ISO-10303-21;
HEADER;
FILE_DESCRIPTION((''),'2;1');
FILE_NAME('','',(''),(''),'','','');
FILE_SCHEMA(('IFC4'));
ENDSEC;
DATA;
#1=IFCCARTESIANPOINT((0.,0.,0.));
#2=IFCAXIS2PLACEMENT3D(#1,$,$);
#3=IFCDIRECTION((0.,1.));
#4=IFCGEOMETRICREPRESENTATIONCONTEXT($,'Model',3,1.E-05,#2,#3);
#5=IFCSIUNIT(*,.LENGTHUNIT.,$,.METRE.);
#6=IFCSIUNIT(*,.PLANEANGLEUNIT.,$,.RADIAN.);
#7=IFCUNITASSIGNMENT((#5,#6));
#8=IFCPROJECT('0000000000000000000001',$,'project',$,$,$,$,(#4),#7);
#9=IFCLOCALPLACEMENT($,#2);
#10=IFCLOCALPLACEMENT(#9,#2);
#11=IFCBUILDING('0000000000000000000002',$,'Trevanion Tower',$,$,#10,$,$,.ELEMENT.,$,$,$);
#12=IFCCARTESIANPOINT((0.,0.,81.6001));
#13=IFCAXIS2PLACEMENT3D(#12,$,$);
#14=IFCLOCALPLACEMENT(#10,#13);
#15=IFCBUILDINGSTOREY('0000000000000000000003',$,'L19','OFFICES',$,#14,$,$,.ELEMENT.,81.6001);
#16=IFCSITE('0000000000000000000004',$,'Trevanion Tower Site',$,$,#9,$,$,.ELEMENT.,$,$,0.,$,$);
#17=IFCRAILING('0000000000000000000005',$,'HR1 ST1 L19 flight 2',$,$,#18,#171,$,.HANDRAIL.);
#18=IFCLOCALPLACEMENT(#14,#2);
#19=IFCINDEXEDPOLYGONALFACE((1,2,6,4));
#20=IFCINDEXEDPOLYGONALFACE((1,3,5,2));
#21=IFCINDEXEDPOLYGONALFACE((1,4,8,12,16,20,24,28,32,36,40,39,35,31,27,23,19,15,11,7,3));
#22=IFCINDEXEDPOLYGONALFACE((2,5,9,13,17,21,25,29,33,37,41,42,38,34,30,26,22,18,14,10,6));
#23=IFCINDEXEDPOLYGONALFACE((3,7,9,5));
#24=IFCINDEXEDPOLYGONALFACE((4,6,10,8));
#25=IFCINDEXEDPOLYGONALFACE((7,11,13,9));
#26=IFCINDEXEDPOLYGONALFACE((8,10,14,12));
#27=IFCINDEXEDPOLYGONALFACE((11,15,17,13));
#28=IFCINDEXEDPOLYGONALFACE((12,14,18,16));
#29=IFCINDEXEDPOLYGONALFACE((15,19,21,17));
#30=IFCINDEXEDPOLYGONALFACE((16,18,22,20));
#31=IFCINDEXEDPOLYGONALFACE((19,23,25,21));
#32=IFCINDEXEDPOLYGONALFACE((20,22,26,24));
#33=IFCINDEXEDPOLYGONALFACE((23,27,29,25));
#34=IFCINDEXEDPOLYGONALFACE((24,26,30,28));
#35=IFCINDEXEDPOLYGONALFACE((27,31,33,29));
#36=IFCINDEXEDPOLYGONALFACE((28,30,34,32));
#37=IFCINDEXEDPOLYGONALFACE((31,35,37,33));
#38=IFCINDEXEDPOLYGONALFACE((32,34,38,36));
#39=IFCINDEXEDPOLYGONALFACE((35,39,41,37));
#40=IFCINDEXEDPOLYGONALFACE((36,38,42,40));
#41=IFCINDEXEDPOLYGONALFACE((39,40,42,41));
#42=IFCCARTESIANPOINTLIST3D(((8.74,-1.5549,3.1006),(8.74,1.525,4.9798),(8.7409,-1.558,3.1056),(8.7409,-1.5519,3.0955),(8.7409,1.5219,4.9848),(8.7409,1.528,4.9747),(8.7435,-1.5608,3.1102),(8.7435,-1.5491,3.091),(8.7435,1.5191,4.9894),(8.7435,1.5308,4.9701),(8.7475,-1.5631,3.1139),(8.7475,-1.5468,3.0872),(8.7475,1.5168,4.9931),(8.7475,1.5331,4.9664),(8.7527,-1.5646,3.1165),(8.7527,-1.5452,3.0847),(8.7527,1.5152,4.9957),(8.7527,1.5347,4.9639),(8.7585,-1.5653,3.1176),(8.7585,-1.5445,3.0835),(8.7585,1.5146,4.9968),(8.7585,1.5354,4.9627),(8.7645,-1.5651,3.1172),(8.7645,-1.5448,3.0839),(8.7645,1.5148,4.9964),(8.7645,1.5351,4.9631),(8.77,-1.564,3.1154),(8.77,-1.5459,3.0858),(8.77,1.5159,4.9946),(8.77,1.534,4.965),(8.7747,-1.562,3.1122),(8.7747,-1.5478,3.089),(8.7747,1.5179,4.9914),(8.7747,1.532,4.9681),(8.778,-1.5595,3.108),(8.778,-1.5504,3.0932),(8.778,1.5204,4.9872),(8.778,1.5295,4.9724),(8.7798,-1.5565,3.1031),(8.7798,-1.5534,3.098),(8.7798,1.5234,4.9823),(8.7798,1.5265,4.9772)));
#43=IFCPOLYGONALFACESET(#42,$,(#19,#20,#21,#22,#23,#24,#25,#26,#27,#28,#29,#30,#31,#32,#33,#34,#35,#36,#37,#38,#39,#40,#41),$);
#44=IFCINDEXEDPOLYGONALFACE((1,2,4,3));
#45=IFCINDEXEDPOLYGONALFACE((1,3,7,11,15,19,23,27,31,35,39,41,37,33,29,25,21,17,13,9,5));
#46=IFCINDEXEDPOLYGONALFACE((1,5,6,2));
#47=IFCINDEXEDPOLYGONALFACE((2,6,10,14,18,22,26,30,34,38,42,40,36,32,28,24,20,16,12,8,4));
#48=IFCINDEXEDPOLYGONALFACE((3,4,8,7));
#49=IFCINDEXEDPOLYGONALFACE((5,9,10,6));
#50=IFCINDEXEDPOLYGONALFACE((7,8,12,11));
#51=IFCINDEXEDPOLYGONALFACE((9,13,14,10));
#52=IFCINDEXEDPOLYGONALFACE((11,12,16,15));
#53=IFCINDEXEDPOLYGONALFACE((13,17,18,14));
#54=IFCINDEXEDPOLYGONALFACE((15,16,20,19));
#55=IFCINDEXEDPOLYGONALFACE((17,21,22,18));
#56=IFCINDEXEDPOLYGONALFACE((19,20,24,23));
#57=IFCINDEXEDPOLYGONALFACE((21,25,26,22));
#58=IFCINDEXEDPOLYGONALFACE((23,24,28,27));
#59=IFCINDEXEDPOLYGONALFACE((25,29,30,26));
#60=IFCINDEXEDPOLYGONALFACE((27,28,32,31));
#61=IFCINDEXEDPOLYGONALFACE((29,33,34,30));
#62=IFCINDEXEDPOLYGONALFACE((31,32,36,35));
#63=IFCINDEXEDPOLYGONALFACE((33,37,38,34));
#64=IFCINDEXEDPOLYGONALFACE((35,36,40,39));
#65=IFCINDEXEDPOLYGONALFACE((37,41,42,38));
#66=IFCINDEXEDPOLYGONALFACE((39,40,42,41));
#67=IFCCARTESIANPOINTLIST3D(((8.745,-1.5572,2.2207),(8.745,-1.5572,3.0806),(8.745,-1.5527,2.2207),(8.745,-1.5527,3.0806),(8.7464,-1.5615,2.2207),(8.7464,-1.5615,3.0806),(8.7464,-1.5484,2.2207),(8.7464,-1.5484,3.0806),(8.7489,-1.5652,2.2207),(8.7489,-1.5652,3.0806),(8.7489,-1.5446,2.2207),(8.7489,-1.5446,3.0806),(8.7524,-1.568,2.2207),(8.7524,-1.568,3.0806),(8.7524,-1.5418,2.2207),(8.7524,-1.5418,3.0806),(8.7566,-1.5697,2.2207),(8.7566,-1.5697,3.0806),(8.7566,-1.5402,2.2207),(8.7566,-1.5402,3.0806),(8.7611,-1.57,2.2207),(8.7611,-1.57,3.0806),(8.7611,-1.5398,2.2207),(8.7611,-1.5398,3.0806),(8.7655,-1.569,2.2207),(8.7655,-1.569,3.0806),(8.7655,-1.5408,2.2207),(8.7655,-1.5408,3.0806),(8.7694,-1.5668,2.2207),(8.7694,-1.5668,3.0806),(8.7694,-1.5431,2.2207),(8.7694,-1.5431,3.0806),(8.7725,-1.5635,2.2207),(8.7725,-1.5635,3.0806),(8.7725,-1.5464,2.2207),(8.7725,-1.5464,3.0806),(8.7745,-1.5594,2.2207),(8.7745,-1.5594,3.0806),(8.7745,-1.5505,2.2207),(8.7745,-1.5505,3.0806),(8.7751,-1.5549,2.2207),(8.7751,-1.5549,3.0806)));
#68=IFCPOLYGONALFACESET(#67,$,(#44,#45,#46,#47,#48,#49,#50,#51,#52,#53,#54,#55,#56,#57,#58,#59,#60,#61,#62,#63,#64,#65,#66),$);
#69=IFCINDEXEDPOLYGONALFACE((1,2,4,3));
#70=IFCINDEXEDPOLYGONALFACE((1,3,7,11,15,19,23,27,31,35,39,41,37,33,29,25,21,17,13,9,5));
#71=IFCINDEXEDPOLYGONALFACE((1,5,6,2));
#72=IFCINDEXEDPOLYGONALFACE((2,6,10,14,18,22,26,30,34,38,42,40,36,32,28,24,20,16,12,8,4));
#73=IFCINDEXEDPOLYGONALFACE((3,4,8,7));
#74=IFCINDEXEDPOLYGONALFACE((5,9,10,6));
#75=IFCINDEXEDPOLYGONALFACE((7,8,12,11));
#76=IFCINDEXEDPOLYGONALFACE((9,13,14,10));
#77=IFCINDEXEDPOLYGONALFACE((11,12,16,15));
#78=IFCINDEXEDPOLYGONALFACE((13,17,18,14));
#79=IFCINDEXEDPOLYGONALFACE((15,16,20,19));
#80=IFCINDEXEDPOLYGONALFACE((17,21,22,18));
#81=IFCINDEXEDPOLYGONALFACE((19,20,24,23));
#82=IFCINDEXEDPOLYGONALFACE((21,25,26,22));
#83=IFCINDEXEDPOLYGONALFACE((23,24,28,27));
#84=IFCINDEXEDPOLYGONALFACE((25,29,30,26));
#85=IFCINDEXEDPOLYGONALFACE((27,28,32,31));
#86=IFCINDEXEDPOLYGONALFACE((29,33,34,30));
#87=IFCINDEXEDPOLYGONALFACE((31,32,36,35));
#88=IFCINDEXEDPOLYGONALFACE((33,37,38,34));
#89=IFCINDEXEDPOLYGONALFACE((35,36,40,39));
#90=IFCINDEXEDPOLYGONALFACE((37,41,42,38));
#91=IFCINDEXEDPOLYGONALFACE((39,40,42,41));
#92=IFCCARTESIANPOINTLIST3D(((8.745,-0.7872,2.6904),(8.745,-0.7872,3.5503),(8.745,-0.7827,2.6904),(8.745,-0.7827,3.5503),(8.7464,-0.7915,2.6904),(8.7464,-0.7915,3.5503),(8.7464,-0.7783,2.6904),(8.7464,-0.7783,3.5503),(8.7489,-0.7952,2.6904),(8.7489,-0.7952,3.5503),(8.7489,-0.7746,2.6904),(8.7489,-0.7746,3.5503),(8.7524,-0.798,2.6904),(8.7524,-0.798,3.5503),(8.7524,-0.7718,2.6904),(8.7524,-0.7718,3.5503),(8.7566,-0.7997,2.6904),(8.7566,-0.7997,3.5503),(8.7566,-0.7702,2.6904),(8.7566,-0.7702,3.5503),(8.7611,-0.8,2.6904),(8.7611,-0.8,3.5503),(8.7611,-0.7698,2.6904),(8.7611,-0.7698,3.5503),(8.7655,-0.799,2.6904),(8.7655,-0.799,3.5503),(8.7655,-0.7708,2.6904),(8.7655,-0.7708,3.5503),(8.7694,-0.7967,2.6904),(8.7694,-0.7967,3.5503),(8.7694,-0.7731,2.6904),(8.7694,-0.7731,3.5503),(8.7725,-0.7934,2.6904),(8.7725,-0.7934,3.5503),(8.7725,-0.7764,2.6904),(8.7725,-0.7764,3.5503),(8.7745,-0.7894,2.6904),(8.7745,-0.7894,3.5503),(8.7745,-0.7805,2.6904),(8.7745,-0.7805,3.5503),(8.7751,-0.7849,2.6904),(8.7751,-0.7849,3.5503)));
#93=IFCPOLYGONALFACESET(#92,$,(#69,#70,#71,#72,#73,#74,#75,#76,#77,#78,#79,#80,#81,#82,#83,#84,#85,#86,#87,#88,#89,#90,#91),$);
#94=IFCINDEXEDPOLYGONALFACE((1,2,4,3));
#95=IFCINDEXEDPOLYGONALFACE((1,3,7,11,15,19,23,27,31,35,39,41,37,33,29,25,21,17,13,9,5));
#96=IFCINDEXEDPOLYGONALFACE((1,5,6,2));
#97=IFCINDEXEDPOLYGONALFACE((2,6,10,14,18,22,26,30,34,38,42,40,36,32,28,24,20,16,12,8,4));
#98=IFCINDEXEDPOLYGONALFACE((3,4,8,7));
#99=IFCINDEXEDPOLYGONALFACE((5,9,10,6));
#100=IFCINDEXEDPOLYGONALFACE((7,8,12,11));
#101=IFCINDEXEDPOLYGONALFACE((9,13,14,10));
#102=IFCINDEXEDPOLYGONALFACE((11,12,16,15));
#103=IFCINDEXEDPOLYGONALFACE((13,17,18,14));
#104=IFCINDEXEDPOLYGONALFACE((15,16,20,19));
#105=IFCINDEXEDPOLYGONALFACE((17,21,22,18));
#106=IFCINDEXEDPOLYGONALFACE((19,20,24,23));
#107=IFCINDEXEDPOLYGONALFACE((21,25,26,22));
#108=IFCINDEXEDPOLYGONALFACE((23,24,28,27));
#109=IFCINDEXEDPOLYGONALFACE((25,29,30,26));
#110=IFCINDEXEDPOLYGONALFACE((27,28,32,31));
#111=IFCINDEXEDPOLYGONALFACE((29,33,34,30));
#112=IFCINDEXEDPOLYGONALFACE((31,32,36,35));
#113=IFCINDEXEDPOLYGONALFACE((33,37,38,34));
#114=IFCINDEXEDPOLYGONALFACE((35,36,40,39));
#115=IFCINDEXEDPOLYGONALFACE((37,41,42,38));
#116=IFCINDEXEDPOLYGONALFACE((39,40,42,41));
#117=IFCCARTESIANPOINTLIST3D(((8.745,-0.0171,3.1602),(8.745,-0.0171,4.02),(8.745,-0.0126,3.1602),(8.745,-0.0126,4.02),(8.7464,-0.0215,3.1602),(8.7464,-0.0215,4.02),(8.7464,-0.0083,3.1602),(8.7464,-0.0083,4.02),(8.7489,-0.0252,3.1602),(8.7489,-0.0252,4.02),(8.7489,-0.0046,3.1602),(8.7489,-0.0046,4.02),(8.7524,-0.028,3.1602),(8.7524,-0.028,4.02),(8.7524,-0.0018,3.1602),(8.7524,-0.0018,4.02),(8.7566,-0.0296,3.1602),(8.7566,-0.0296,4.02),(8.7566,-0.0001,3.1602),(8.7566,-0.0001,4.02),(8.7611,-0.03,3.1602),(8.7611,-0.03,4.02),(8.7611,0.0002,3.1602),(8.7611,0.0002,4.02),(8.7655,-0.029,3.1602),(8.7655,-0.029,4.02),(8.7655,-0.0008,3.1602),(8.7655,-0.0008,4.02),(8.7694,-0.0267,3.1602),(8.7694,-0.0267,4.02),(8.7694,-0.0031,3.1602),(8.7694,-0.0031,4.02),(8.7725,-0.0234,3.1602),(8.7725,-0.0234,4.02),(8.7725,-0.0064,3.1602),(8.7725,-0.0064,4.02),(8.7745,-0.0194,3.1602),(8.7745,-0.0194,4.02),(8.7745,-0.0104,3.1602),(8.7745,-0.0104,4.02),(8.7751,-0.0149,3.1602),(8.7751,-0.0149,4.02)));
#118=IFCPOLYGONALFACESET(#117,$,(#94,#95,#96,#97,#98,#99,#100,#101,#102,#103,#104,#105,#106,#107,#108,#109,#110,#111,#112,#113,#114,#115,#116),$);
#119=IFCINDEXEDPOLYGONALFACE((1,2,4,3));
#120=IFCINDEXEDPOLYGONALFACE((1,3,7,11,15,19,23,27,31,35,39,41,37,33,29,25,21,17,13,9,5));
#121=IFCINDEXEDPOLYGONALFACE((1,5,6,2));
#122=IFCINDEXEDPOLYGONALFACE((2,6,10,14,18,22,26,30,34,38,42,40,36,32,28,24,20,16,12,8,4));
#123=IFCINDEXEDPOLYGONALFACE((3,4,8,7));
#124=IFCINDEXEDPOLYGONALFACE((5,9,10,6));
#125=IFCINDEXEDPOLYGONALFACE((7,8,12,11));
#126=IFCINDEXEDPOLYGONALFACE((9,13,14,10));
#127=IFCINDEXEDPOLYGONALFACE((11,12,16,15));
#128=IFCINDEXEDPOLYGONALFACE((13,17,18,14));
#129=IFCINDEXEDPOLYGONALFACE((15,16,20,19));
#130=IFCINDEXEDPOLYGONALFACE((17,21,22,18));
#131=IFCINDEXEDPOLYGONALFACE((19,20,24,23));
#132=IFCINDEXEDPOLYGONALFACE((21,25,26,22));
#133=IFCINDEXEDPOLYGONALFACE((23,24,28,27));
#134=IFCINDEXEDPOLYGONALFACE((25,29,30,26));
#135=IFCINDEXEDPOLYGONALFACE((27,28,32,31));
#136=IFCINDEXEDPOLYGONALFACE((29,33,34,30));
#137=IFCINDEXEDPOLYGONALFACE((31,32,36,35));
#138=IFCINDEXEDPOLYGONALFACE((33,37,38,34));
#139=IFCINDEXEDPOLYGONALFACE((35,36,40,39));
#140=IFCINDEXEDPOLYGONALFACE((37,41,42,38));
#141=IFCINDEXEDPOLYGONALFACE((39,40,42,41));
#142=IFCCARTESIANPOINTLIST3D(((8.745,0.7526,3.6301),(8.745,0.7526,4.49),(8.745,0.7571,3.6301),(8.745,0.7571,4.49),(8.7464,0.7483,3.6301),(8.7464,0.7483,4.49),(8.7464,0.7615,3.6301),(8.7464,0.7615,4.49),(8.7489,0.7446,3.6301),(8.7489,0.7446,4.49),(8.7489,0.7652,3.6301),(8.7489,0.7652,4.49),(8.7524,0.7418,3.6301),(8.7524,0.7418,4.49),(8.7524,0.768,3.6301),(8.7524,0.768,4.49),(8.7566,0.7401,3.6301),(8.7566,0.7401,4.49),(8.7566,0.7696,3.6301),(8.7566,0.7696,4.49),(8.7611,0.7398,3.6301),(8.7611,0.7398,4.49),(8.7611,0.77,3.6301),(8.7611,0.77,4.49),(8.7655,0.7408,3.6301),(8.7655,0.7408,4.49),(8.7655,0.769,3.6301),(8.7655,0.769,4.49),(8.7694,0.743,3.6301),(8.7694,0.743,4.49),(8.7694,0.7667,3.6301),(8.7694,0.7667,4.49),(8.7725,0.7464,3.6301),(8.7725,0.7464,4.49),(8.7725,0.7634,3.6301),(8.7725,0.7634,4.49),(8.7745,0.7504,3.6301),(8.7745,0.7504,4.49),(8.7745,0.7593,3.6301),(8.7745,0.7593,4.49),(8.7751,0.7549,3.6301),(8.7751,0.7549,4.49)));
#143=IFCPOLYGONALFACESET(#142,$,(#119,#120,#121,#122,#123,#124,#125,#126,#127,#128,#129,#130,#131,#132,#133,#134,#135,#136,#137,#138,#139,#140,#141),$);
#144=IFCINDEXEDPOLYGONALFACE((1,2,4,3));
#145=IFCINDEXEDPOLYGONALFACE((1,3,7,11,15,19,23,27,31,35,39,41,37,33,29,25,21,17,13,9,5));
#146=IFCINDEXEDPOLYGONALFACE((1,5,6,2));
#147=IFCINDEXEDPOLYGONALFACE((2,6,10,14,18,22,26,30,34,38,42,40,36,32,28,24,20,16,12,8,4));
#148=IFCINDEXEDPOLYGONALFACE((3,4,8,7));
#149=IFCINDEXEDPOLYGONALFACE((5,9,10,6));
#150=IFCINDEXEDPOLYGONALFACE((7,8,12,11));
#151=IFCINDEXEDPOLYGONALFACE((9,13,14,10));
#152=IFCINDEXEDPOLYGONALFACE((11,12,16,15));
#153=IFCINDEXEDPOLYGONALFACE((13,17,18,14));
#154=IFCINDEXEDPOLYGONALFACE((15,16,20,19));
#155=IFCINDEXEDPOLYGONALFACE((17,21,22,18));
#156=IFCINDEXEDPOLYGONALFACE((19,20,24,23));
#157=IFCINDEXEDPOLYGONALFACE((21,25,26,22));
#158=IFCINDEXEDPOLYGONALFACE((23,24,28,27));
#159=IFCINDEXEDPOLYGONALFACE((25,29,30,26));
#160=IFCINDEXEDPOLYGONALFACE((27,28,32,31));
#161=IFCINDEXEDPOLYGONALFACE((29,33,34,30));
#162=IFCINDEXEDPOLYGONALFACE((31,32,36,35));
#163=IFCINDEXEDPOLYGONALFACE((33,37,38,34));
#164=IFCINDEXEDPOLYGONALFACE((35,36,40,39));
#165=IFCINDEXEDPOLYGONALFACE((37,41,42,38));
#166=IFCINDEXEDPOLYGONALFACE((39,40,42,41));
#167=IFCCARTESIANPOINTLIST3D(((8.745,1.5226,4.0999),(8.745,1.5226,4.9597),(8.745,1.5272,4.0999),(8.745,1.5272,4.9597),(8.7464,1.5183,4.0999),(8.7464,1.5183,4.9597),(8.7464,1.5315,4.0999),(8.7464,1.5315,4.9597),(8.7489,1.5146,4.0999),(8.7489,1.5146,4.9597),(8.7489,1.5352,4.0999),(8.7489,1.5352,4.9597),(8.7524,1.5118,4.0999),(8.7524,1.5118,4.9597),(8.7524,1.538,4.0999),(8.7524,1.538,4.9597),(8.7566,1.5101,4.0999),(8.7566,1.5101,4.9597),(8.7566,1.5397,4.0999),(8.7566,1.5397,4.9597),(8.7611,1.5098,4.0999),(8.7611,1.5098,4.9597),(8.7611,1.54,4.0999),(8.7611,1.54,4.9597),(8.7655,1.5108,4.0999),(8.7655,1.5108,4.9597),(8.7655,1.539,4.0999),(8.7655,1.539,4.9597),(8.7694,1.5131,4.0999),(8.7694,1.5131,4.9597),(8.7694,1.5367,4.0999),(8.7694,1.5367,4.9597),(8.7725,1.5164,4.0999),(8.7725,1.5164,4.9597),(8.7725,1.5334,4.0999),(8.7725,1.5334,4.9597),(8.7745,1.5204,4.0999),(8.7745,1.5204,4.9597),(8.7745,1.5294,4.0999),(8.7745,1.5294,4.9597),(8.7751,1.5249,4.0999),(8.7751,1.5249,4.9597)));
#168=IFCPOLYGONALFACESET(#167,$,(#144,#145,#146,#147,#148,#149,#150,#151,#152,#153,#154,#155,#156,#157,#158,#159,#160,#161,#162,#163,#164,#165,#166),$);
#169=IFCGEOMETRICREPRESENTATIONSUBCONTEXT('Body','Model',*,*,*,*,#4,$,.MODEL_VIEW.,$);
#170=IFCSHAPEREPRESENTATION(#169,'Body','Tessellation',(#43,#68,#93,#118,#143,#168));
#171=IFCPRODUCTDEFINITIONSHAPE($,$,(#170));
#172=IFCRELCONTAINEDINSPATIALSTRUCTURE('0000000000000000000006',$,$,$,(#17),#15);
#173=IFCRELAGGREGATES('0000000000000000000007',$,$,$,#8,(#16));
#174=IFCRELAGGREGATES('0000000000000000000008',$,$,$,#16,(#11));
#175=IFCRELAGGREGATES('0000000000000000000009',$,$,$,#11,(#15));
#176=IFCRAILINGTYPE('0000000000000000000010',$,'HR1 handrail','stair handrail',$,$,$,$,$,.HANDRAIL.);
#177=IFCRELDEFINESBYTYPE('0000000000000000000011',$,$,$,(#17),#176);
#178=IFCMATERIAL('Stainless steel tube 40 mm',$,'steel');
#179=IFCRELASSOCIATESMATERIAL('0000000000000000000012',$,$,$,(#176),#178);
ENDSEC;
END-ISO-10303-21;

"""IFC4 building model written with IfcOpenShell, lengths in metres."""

from ifc_helpers import new_model, si_unit, direction, frame, origin, origin_2d, place, context, subcontext, project, spatial, circle, extrude, material, type_object, element, save


model = new_model("IFC4")

# Units and contexts
model_context = context("Model", 3, precision=1e-05, world=origin(), true_north=direction((0.0, 1.0)))
body_context = subcontext(model_context, "Body", "Model", "MODEL_VIEW")
ifc_project = project(units=[si_unit("LENGTHUNIT", "METRE"), si_unit("PLANEANGLEUNIT", "RADIAN")], contexts=[model_context])

# Site, building, storey
site_placement = place(None, origin())
site = spatial("IfcSite", under=ifc_project, at=site_placement, Name="Trevanion Tower Site", CompositionType="ELEMENT", RefElevation=0.0)
building_placement = place(site_placement, origin())
building = spatial("IfcBuilding", under=site, at=building_placement, Name="Trevanion Tower", CompositionType="ELEMENT")
storey_placement = place(building_placement, frame((0.0, 0.0, 81.6001)))
storey = spatial("IfcBuildingStorey", under=building, at=storey_placement, Name="L19", Description="OFFICES", CompositionType="ELEMENT", Elevation=81.6001)

# Railing
ifc_material_1 = material(Name="Stainless steel tube 40 mm", Category="steel")
railing_type = type_object("IfcRailingType", Name="HR1 handrail", Description="stair handrail", PredefinedType="HANDRAIL", material=ifc_material_1)
for number, where, name in (
    (1, (8.76, -1.5549, 2.2207), "HR1 ST1 L19 flight 2"),
):
    element("IfcRailing", number, at=place(storey_placement, frame(where)), inside=storey, type_object=railing_type, Name=name, PredefinedType="HANDRAIL", context=body_context, shape_type="SweptSolid", body=[
        extrude(circle(Radius=0.02, at=origin_2d()), frame((0.0, 0.0, 0.8799), z_axis=(0.0, 0.853648, 0.52085), x_axis=(-1.0, 0.0, 0.0)), (0.0, 0.0, 1.0), 3.6079),
        extrude(circle(Radius=0.0151, at=origin_2d()), origin(), (0.0, 0.0, 1.0), 0.8599),
        extrude(circle(Radius=0.0151, at=origin_2d()), frame((0.0, 0.77, 0.4697)), (0.0, 0.0, 1.0), 0.8599),
        extrude(circle(Radius=0.0151, at=origin_2d()), frame((0.0, 1.54, 0.9395)), (0.0, 0.0, 1.0), 0.8599),
        extrude(circle(Radius=0.0151, at=origin_2d()), frame((0.0, 2.3098, 1.4094)), (0.0, 0.0, 1.0), 0.8599),
        extrude(circle(Radius=0.0151, at=origin_2d()), frame((0.0, 3.0798, 1.8792)), (0.0, 0.0, 1.0), 0.8599),
    ])

save(model, "model.ifc")
